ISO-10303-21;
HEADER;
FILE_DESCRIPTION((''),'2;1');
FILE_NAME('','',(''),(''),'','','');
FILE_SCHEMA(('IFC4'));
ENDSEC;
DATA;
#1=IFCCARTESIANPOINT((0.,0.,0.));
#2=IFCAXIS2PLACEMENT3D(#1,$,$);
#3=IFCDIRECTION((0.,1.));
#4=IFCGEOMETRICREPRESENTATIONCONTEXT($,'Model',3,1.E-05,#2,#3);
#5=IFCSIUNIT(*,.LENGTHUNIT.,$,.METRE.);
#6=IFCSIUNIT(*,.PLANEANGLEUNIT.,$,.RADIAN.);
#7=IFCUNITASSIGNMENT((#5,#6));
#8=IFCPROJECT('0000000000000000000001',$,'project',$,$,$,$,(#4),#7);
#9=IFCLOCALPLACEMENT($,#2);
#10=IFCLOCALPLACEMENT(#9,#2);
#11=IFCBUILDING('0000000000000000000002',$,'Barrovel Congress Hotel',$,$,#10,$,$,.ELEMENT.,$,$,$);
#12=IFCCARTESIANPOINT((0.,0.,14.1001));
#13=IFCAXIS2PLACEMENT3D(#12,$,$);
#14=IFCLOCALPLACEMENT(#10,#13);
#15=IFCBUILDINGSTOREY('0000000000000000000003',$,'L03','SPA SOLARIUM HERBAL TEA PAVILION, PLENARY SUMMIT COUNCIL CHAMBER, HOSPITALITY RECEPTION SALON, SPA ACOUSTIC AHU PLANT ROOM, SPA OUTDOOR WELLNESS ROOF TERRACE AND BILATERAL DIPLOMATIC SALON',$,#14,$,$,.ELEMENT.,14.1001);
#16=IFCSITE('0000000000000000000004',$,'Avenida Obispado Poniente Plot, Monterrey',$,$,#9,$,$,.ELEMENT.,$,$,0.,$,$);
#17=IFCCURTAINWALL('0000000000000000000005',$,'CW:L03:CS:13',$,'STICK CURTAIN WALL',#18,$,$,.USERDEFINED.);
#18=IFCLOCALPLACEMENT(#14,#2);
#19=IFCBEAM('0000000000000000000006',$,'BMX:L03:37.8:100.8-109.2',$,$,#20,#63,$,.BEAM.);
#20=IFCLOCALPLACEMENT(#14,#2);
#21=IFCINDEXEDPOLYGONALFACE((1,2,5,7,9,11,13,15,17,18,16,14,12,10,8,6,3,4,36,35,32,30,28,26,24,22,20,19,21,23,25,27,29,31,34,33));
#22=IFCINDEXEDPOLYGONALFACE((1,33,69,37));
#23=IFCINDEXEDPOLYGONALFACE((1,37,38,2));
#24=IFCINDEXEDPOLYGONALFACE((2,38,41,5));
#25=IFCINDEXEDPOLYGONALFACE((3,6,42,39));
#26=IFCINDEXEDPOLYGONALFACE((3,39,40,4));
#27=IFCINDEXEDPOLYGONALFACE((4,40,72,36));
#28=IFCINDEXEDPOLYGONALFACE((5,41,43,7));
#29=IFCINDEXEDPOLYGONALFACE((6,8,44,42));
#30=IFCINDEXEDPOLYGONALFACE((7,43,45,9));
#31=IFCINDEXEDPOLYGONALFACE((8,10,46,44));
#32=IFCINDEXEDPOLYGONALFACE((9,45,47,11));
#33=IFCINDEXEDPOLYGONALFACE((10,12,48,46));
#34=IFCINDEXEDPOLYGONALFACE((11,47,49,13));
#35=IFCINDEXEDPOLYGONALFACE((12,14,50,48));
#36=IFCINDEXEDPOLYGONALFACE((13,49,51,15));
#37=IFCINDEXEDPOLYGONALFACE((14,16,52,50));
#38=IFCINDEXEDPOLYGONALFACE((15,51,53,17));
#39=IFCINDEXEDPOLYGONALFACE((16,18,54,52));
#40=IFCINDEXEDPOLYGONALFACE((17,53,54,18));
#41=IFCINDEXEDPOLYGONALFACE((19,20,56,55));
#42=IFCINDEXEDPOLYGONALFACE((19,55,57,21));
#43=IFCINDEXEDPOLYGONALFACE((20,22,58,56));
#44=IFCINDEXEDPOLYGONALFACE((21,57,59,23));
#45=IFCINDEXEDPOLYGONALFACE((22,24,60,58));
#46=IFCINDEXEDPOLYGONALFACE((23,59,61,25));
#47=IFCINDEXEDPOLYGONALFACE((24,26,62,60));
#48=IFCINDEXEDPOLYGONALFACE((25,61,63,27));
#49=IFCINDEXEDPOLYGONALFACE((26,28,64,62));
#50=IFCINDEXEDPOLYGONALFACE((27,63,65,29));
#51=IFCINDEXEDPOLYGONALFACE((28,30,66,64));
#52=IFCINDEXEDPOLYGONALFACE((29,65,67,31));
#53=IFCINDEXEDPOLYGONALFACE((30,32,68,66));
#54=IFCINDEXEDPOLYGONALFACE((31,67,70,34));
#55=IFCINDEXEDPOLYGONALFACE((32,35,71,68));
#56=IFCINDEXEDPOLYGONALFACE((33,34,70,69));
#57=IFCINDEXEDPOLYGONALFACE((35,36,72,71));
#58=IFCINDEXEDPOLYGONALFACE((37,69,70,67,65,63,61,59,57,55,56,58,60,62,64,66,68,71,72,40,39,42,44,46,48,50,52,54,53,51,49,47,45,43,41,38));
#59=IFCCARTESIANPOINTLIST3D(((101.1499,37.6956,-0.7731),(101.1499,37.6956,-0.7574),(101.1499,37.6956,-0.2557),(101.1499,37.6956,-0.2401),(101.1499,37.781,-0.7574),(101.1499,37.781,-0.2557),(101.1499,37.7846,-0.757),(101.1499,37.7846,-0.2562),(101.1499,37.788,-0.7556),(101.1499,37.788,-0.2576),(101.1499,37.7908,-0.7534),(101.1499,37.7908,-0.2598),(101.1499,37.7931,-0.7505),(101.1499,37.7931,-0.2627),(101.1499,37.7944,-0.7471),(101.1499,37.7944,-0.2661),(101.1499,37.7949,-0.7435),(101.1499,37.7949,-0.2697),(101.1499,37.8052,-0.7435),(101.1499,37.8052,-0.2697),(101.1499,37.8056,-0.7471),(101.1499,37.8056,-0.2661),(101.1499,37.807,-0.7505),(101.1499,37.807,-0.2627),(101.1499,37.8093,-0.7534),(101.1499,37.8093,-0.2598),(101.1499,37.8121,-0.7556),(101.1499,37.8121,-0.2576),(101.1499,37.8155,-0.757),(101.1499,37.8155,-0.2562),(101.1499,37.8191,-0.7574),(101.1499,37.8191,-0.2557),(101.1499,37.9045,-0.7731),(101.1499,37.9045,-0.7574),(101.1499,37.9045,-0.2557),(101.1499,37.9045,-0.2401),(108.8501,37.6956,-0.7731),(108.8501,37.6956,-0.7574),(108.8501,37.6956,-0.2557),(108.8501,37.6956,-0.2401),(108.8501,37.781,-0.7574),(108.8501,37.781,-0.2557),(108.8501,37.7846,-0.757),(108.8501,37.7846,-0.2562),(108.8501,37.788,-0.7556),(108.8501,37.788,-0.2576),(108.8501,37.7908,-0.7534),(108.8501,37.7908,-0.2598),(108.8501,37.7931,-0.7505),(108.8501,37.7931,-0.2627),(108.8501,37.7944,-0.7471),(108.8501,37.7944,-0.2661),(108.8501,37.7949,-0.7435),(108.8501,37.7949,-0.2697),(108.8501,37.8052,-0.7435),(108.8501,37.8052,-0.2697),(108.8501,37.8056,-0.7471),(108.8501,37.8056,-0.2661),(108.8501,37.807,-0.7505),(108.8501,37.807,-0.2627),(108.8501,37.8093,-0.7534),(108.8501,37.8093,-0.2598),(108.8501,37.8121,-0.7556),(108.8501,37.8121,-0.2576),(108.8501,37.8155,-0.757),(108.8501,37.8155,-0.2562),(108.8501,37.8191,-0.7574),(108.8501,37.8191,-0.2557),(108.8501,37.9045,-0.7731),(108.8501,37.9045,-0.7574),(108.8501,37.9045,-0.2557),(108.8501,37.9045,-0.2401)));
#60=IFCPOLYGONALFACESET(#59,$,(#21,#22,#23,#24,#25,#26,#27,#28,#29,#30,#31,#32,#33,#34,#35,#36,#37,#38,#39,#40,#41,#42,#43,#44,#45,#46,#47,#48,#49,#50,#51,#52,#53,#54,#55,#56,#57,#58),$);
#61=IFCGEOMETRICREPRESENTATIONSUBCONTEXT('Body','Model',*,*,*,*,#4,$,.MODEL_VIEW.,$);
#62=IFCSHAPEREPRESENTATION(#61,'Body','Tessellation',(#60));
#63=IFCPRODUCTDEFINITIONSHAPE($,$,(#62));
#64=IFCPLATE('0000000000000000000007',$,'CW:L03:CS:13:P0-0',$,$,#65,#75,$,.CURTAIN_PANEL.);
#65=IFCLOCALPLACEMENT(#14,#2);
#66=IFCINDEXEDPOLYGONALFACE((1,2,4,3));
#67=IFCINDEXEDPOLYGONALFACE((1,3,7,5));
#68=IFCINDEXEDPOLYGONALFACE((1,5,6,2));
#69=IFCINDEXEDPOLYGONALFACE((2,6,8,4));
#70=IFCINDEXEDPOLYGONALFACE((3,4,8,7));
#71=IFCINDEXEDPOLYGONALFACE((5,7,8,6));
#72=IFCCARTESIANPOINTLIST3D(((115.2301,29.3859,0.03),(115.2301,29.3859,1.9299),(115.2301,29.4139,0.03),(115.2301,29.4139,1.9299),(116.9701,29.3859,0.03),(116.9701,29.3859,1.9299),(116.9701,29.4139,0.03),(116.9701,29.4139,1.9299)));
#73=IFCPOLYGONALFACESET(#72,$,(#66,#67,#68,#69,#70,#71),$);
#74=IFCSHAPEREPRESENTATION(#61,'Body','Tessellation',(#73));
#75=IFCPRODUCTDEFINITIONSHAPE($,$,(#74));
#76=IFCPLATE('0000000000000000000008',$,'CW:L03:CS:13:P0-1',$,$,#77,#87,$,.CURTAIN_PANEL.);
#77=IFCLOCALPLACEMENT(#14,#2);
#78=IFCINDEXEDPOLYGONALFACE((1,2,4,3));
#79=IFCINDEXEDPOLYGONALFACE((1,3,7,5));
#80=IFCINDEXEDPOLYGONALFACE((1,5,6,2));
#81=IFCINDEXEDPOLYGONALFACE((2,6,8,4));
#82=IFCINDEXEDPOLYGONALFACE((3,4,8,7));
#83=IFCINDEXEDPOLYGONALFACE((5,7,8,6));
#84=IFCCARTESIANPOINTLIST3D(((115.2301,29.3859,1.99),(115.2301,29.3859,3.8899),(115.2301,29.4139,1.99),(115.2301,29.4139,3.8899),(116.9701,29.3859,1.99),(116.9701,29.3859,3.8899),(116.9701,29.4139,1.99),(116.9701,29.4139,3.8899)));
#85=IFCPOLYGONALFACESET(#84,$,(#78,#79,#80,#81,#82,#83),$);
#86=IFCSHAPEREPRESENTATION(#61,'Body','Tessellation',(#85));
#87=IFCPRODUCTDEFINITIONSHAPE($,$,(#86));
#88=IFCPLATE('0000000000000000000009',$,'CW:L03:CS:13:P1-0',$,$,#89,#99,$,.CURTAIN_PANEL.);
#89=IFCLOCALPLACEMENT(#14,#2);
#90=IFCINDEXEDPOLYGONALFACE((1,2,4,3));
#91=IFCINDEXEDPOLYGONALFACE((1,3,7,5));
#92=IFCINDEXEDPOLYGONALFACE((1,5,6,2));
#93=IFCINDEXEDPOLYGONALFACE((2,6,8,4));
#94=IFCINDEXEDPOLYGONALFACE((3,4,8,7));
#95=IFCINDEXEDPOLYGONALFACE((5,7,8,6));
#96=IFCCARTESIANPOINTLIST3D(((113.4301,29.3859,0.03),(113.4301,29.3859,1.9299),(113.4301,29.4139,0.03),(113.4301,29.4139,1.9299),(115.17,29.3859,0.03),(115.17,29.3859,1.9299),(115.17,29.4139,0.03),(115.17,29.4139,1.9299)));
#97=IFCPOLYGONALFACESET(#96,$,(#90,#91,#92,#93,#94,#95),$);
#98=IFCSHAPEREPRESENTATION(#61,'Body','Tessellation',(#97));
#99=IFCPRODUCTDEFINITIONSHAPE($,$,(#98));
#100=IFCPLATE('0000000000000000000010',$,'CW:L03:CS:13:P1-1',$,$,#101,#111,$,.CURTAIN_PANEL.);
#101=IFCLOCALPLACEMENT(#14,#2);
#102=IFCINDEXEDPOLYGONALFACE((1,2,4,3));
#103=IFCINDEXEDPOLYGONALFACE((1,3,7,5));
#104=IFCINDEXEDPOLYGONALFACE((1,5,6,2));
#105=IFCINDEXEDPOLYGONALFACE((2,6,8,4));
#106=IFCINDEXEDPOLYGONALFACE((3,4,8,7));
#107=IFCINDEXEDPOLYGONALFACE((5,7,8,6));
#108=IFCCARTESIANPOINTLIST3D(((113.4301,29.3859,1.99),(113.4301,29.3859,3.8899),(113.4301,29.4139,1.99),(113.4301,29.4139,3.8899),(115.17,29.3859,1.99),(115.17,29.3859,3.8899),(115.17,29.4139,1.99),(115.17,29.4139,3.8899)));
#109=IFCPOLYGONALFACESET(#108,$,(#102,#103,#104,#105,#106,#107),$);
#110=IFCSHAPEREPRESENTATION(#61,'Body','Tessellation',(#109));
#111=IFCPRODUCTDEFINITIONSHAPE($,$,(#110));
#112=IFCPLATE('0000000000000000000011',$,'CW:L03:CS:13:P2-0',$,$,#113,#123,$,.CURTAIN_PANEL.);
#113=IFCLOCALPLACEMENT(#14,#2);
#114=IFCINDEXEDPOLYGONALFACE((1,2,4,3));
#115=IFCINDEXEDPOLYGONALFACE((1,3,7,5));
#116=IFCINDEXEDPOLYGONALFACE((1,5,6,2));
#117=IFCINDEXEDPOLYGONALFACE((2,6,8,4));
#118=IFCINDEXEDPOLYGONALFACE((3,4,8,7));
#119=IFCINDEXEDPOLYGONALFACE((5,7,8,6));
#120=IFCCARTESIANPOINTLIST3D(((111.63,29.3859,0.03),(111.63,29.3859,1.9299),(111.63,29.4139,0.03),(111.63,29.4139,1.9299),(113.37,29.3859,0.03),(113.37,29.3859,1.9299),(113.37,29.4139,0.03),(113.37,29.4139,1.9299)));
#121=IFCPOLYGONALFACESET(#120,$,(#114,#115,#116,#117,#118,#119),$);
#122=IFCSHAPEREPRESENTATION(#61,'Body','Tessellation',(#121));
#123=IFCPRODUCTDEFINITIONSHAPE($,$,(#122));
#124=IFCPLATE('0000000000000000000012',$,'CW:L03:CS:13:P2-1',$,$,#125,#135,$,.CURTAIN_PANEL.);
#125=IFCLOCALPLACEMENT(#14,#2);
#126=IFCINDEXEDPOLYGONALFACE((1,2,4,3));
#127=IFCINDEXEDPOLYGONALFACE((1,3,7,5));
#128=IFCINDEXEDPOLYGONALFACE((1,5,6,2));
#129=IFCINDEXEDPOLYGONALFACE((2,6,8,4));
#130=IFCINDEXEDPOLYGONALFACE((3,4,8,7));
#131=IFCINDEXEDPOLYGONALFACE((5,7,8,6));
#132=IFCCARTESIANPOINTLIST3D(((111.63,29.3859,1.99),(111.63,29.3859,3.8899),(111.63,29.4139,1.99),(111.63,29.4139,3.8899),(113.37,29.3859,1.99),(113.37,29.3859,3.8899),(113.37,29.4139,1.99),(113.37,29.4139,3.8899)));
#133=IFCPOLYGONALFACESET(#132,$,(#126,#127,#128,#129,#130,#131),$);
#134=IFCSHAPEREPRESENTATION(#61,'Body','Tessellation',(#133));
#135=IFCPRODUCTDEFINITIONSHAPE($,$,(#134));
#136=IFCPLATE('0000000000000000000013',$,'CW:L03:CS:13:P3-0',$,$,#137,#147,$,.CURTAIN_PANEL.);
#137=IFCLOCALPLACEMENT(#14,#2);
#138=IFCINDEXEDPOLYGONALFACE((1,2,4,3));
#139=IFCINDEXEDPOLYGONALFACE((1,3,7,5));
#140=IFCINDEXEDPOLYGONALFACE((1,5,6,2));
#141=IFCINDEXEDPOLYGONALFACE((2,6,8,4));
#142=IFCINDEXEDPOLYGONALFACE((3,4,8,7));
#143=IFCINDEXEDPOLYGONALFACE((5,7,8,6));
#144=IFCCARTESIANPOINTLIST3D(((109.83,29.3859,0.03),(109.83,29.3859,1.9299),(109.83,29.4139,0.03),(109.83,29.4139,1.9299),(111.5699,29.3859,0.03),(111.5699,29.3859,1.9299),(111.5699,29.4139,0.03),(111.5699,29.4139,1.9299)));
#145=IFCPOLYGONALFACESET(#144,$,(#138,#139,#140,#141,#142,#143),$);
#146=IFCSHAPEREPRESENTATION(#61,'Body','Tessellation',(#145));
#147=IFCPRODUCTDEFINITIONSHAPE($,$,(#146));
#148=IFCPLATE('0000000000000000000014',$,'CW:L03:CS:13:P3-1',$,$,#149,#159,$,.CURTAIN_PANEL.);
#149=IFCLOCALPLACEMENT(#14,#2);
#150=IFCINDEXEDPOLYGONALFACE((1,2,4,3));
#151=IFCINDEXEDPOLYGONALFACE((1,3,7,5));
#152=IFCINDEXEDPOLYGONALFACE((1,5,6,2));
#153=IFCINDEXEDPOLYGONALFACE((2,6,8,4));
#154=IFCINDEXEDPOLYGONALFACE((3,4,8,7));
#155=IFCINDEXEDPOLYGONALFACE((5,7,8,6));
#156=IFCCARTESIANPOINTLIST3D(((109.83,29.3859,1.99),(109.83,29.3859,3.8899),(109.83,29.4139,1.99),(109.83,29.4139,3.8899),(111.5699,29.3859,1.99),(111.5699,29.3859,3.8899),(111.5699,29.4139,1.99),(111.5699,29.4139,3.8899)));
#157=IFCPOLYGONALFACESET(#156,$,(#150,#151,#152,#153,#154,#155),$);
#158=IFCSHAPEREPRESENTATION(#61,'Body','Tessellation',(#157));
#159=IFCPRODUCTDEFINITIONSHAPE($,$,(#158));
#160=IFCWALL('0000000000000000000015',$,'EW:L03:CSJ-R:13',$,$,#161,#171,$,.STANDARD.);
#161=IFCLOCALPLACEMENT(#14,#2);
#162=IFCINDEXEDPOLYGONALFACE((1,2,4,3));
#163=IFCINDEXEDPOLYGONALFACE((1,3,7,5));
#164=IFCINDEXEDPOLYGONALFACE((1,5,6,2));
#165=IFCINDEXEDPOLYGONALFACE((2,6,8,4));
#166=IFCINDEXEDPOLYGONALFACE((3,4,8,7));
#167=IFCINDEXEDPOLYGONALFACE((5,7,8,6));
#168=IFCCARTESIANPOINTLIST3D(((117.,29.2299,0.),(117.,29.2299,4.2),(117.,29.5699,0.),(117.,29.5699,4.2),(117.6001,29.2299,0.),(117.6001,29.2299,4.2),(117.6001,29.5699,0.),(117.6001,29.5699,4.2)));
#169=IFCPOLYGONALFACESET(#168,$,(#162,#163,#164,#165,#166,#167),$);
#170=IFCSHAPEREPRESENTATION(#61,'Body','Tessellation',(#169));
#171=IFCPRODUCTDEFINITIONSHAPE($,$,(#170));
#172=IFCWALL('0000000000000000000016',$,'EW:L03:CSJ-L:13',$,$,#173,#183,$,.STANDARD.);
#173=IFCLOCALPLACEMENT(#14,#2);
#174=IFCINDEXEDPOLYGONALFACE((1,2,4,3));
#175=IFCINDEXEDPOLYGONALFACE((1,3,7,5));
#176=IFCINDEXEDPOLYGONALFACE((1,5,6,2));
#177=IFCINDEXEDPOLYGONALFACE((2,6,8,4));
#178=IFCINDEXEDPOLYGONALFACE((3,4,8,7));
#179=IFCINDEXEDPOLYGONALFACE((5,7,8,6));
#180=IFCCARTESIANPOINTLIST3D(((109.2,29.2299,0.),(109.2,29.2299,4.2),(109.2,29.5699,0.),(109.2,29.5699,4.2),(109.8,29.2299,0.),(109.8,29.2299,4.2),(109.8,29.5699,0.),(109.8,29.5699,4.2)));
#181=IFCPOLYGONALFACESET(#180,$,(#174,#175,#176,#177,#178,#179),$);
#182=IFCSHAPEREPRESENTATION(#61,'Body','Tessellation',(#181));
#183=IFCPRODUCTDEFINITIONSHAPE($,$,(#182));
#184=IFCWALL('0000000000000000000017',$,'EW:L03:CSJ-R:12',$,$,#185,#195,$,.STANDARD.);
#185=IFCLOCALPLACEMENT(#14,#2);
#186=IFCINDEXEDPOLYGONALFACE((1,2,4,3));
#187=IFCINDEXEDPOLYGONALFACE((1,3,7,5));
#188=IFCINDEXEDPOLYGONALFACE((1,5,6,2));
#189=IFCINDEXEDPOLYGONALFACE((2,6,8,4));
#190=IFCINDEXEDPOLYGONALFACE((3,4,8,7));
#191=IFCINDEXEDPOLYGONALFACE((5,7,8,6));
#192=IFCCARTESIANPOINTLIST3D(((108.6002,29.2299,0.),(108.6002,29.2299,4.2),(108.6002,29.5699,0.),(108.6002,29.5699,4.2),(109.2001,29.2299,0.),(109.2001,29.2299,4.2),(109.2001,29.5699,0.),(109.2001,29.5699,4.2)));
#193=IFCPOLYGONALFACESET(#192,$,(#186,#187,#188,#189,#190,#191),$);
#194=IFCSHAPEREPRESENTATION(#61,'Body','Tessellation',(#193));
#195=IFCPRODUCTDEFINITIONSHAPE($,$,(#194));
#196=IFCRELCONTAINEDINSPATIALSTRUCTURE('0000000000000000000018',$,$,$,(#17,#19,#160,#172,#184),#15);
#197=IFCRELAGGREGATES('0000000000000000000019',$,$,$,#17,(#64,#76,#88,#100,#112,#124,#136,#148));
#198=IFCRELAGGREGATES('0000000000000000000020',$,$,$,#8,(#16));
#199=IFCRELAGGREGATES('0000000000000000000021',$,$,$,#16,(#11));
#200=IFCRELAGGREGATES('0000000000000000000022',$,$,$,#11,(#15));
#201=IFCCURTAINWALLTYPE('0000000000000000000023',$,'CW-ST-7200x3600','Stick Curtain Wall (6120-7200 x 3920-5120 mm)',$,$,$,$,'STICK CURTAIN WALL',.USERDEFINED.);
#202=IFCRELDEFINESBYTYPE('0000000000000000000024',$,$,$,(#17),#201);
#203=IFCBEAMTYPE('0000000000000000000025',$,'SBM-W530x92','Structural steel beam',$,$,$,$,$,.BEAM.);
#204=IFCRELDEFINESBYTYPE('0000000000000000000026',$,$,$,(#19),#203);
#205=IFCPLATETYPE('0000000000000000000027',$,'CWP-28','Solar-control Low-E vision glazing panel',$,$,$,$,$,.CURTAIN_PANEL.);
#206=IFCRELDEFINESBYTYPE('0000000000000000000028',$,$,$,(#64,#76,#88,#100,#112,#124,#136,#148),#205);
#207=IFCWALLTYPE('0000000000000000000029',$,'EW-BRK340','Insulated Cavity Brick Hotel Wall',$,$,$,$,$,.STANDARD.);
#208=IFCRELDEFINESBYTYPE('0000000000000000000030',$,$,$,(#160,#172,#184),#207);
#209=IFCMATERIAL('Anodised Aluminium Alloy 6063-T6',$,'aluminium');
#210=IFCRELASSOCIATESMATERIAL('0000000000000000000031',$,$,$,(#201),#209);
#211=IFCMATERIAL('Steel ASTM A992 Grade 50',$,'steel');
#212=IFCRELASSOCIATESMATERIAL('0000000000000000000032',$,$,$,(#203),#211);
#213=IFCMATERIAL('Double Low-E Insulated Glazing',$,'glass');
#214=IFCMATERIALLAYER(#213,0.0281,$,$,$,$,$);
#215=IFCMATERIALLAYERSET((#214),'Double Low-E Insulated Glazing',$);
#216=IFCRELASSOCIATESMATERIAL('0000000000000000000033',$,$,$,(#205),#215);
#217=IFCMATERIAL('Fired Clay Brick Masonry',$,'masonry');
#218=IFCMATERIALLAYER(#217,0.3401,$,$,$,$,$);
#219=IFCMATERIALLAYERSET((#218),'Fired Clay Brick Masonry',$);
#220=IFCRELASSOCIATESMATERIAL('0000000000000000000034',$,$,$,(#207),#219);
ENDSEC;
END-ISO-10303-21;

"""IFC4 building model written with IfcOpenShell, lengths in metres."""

from ifc_helpers import new_model, si_unit, direction, frame, frame_2d, origin, origin_2d, place, context, subcontext, project, spatial, rectangle, i_section, extrude, material, layer, layer_set, material_profile, profile_set, type_object, element, aggregate, save


model = new_model("IFC4")

# Units and contexts
model_context = context("Model", 3, precision=1e-05, world=origin(), true_north=direction((0.0, 1.0)))
body_context = subcontext(model_context, "Body", "Model", "MODEL_VIEW")
ifc_project = project(units=[si_unit("LENGTHUNIT", "METRE"), si_unit("PLANEANGLEUNIT", "RADIAN")], contexts=[model_context])

# Site, building, storey
site_placement = place(None, origin())
site = spatial("IfcSite", under=ifc_project, at=site_placement, Name="Avenida Obispado Poniente Plot, Monterrey", CompositionType="ELEMENT", RefElevation=0.0)
building_placement = place(site_placement, origin())
building = spatial("IfcBuilding", under=site, at=building_placement, Name="Barrovel Congress Hotel", CompositionType="ELEMENT")
storey_placement = place(building_placement, frame((0.0, 0.0, 14.1001)))
storey = spatial("IfcBuildingStorey", under=building, at=storey_placement, Name="L03", Description="SPA SOLARIUM HERBAL TEA PAVILION, PLENARY SUMMIT COUNCIL CHAMBER, HOSPITALITY RECEPTION SALON, SPA ACOUSTIC AHU PLANT ROOM, SPA OUTDOOR WELLNESS ROOF TERRACE AND BILATERAL DIPLOMATIC SALON", CompositionType="ELEMENT", Elevation=14.1001)

# Curtain wall
ifc_material_1 = material(Name="Anodised Aluminium Alloy 6063-T6", Category="aluminium")
curtain_wall_type = type_object("IfcCurtainWallType", Name="CW-ST-7200x3600", Description="Stick Curtain Wall (6120-7200 x 3920-5120 mm)", ElementType="STICK CURTAIN WALL", PredefinedType="USERDEFINED", material=ifc_material_1)
curtain_wall_1_placement = place(storey_placement, origin())
curtain_wall_1 = element("IfcCurtainWall", 1, at=curtain_wall_1_placement, inside=storey, type_object=curtain_wall_type, Name="CW:L03:CS:13", ObjectType="STICK CURTAIN WALL", PredefinedType="USERDEFINED")

# Beam
ifc_material_2 = material(Name="Steel ASTM A992 Grade 50", Category="steel")
ifc_material_profile_1 = material_profile(ifc_material_2, i_section(OverallWidth=0.209, OverallDepth=0.533, WebThickness=0.0103, FlangeThickness=0.0156, FilletRadius=0.0139, at=origin_2d()), Name="W530x92")
ifc_profile_set_1 = profile_set([ifc_material_profile_1], Name="Steel ASTM A992 Grade 50")
beam_type_1 = type_object("IfcBeamType", Name="SBM-W530x92", Description="Structural steel beam", PredefinedType="BEAM", material=ifc_profile_set_1)
beam_1_placement = place(storey_placement, frame((101.1499, 37.8, -0.5066), z_axis=(1.0, 0.0, 0.0), x_axis=(0.0, 1.0, 0.0)))
element("IfcBeam", 2, at=beam_1_placement, inside=storey, type_object=beam_type_1, Name="BMX:L03:37.8:100.8-109.2", PredefinedType="BEAM", context=body_context, shape_type="SweptSolid", body=[
    extrude(i_section(OverallWidth=0.209, OverallDepth=0.533, WebThickness=0.0103, FlangeThickness=0.0156, FilletRadius=0.0139, at=origin_2d()), origin(), (0.0, 0.0, 1.0), 7.7002),
])

# Plates
ifc_material_3 = material(Name="Double Low-E Insulated Glazing", Category="glass")
ifc_layer_1 = layer(ifc_material_3, 0.0281)
ifc_layer_set_1 = layer_set([ifc_layer_1], Name="Double Low-E Insulated Glazing")
plate_type = type_object("IfcPlateType", Name="CWP-28", Description="Solar-control Low-E vision glazing panel", PredefinedType="CURTAIN_PANEL", material=ifc_layer_set_1)
plate_1_placement = place(storey_placement, frame((116.1001, 29.3999, 0.03), z_axis=(0.0, 0.0, 1.0), x_axis=(-1.0, 0.0, 0.0)))
plate_1 = element("IfcPlate", 3, at=plate_1_placement, type_object=plate_type, Name="CW:L03:CS:13:P0-0", PredefinedType="CURTAIN_PANEL", context=body_context, shape_type="SweptSolid", body=[
    extrude(rectangle(XDim=1.74, YDim=0.0281, at=origin_2d()), origin(), (0.0, 0.0, 1.0), 1.8999),
])
plate_2_placement = place(storey_placement, frame((116.1001, 29.3999, 1.99), z_axis=(0.0, 0.0, 1.0), x_axis=(-1.0, 0.0, 0.0)))
plate_2 = element("IfcPlate", 4, at=plate_2_placement, type_object=plate_type, Name="CW:L03:CS:13:P0-1", PredefinedType="CURTAIN_PANEL", context=body_context, shape_type="SweptSolid", body=[
    extrude(rectangle(XDim=1.74, YDim=0.0281, at=origin_2d()), origin(), (0.0, 0.0, 1.0), 1.8999),
])
plate_3_placement = place(storey_placement, frame((114.3, 29.3999, 0.03), z_axis=(0.0, 0.0, 1.0), x_axis=(-1.0, 0.0, 0.0)))
plate_3 = element("IfcPlate", 5, at=plate_3_placement, type_object=plate_type, Name="CW:L03:CS:13:P1-0", PredefinedType="CURTAIN_PANEL", context=body_context, shape_type="SweptSolid", body=[
    extrude(rectangle(XDim=1.74, YDim=0.0281, at=origin_2d()), origin(), (0.0, 0.0, 1.0), 1.8999),
])
plate_4_placement = place(storey_placement, frame((114.3, 29.3999, 1.99), z_axis=(0.0, 0.0, 1.0), x_axis=(-1.0, 0.0, 0.0)))
plate_4 = element("IfcPlate", 6, at=plate_4_placement, type_object=plate_type, Name="CW:L03:CS:13:P1-1", PredefinedType="CURTAIN_PANEL", context=body_context, shape_type="SweptSolid", body=[
    extrude(rectangle(XDim=1.74, YDim=0.0281, at=origin_2d()), origin(), (0.0, 0.0, 1.0), 1.8999),
])
plate_5_placement = place(storey_placement, frame((112.5, 29.3999, 0.03), z_axis=(0.0, 0.0, 1.0), x_axis=(-1.0, 0.0, 0.0)))
plate_5 = element("IfcPlate", 7, at=plate_5_placement, type_object=plate_type, Name="CW:L03:CS:13:P2-0", PredefinedType="CURTAIN_PANEL", context=body_context, shape_type="SweptSolid", body=[
    extrude(rectangle(XDim=1.74, YDim=0.0281, at=origin_2d()), origin(), (0.0, 0.0, 1.0), 1.8999),
])
plate_6_placement = place(storey_placement, frame((112.5, 29.3999, 1.99), z_axis=(0.0, 0.0, 1.0), x_axis=(-1.0, 0.0, 0.0)))
plate_6 = element("IfcPlate", 8, at=plate_6_placement, type_object=plate_type, Name="CW:L03:CS:13:P2-1", PredefinedType="CURTAIN_PANEL", context=body_context, shape_type="SweptSolid", body=[
    extrude(rectangle(XDim=1.74, YDim=0.0281, at=origin_2d()), origin(), (0.0, 0.0, 1.0), 1.8999),
])
plate_7_placement = place(storey_placement, frame((110.7, 29.3999, 0.03), z_axis=(0.0, 0.0, 1.0), x_axis=(-1.0, 0.0, 0.0)))
plate_7 = element("IfcPlate", 9, at=plate_7_placement, type_object=plate_type, Name="CW:L03:CS:13:P3-0", PredefinedType="CURTAIN_PANEL", context=body_context, shape_type="SweptSolid", body=[
    extrude(rectangle(XDim=1.74, YDim=0.0281, at=origin_2d()), origin(), (0.0, 0.0, 1.0), 1.8999),
])
plate_8_placement = place(storey_placement, frame((110.7, 29.3999, 1.99), z_axis=(0.0, 0.0, 1.0), x_axis=(-1.0, 0.0, 0.0)))
plate_8 = element("IfcPlate", 10, at=plate_8_placement, type_object=plate_type, Name="CW:L03:CS:13:P3-1", PredefinedType="CURTAIN_PANEL", context=body_context, shape_type="SweptSolid", body=[
    extrude(rectangle(XDim=1.74, YDim=0.0281, at=origin_2d()), origin(), (0.0, 0.0, 1.0), 1.8999),
])
aggregate(curtain_wall_1, [plate_1, plate_2, plate_3, plate_4, plate_5, plate_6, plate_7, plate_8])

# Walls
ifc_material_4 = material(Name="Fired Clay Brick Masonry", Category="masonry")
ifc_layer_2 = layer(ifc_material_4, 0.3401)
ifc_layer_set_2 = layer_set([ifc_layer_2], Name="Fired Clay Brick Masonry")
wall_type = type_object("IfcWallType", Name="EW-BRK340", Description="Insulated Cavity Brick Hotel Wall", PredefinedType="STANDARD", material=ifc_layer_set_2)
for number, where, z_axis, x_axis, name in (
    (11, (117.6001, 29.3999, 0.0), (0.0, 0.0, 1.0), (-1.0, 0.0, 0.0), "EW:L03:CSJ-R:13"),
    (12, (109.8, 29.3999, 0.0), (0.0, 0.0, 1.0), (-1.0, 0.0, 0.0), "EW:L03:CSJ-L:13"),
):
    element("IfcWall", number, at=place(storey_placement, frame(where, z_axis=z_axis, x_axis=x_axis)), inside=storey, type_object=wall_type, Name=name, PredefinedType="STANDARD", context=body_context, shape_type="SweptSolid", body=[
        extrude(rectangle(XDim=0.6001, YDim=0.3401, at=frame_2d((0.3, 0.0))), origin(), (0.0, 0.0, 1.0), 4.2),
    ])
wall_placement = place(storey_placement, frame((109.2, 29.3999, 0.0), z_axis=(0.0, 0.0, 1.0), x_axis=(-1.0, 0.0, 0.0)))
element("IfcWall", 13, at=wall_placement, inside=storey, type_object=wall_type, Name="EW:L03:CSJ-R:12", PredefinedType="STANDARD", context=body_context, shape_type="SweptSolid", body=[
    extrude(rectangle(XDim=0.5999, YDim=0.3401, at=frame_2d((0.2998, 0.0))), origin(), (0.0, 0.0, 1.0), 4.2),
])

save(model, "model.ifc")
